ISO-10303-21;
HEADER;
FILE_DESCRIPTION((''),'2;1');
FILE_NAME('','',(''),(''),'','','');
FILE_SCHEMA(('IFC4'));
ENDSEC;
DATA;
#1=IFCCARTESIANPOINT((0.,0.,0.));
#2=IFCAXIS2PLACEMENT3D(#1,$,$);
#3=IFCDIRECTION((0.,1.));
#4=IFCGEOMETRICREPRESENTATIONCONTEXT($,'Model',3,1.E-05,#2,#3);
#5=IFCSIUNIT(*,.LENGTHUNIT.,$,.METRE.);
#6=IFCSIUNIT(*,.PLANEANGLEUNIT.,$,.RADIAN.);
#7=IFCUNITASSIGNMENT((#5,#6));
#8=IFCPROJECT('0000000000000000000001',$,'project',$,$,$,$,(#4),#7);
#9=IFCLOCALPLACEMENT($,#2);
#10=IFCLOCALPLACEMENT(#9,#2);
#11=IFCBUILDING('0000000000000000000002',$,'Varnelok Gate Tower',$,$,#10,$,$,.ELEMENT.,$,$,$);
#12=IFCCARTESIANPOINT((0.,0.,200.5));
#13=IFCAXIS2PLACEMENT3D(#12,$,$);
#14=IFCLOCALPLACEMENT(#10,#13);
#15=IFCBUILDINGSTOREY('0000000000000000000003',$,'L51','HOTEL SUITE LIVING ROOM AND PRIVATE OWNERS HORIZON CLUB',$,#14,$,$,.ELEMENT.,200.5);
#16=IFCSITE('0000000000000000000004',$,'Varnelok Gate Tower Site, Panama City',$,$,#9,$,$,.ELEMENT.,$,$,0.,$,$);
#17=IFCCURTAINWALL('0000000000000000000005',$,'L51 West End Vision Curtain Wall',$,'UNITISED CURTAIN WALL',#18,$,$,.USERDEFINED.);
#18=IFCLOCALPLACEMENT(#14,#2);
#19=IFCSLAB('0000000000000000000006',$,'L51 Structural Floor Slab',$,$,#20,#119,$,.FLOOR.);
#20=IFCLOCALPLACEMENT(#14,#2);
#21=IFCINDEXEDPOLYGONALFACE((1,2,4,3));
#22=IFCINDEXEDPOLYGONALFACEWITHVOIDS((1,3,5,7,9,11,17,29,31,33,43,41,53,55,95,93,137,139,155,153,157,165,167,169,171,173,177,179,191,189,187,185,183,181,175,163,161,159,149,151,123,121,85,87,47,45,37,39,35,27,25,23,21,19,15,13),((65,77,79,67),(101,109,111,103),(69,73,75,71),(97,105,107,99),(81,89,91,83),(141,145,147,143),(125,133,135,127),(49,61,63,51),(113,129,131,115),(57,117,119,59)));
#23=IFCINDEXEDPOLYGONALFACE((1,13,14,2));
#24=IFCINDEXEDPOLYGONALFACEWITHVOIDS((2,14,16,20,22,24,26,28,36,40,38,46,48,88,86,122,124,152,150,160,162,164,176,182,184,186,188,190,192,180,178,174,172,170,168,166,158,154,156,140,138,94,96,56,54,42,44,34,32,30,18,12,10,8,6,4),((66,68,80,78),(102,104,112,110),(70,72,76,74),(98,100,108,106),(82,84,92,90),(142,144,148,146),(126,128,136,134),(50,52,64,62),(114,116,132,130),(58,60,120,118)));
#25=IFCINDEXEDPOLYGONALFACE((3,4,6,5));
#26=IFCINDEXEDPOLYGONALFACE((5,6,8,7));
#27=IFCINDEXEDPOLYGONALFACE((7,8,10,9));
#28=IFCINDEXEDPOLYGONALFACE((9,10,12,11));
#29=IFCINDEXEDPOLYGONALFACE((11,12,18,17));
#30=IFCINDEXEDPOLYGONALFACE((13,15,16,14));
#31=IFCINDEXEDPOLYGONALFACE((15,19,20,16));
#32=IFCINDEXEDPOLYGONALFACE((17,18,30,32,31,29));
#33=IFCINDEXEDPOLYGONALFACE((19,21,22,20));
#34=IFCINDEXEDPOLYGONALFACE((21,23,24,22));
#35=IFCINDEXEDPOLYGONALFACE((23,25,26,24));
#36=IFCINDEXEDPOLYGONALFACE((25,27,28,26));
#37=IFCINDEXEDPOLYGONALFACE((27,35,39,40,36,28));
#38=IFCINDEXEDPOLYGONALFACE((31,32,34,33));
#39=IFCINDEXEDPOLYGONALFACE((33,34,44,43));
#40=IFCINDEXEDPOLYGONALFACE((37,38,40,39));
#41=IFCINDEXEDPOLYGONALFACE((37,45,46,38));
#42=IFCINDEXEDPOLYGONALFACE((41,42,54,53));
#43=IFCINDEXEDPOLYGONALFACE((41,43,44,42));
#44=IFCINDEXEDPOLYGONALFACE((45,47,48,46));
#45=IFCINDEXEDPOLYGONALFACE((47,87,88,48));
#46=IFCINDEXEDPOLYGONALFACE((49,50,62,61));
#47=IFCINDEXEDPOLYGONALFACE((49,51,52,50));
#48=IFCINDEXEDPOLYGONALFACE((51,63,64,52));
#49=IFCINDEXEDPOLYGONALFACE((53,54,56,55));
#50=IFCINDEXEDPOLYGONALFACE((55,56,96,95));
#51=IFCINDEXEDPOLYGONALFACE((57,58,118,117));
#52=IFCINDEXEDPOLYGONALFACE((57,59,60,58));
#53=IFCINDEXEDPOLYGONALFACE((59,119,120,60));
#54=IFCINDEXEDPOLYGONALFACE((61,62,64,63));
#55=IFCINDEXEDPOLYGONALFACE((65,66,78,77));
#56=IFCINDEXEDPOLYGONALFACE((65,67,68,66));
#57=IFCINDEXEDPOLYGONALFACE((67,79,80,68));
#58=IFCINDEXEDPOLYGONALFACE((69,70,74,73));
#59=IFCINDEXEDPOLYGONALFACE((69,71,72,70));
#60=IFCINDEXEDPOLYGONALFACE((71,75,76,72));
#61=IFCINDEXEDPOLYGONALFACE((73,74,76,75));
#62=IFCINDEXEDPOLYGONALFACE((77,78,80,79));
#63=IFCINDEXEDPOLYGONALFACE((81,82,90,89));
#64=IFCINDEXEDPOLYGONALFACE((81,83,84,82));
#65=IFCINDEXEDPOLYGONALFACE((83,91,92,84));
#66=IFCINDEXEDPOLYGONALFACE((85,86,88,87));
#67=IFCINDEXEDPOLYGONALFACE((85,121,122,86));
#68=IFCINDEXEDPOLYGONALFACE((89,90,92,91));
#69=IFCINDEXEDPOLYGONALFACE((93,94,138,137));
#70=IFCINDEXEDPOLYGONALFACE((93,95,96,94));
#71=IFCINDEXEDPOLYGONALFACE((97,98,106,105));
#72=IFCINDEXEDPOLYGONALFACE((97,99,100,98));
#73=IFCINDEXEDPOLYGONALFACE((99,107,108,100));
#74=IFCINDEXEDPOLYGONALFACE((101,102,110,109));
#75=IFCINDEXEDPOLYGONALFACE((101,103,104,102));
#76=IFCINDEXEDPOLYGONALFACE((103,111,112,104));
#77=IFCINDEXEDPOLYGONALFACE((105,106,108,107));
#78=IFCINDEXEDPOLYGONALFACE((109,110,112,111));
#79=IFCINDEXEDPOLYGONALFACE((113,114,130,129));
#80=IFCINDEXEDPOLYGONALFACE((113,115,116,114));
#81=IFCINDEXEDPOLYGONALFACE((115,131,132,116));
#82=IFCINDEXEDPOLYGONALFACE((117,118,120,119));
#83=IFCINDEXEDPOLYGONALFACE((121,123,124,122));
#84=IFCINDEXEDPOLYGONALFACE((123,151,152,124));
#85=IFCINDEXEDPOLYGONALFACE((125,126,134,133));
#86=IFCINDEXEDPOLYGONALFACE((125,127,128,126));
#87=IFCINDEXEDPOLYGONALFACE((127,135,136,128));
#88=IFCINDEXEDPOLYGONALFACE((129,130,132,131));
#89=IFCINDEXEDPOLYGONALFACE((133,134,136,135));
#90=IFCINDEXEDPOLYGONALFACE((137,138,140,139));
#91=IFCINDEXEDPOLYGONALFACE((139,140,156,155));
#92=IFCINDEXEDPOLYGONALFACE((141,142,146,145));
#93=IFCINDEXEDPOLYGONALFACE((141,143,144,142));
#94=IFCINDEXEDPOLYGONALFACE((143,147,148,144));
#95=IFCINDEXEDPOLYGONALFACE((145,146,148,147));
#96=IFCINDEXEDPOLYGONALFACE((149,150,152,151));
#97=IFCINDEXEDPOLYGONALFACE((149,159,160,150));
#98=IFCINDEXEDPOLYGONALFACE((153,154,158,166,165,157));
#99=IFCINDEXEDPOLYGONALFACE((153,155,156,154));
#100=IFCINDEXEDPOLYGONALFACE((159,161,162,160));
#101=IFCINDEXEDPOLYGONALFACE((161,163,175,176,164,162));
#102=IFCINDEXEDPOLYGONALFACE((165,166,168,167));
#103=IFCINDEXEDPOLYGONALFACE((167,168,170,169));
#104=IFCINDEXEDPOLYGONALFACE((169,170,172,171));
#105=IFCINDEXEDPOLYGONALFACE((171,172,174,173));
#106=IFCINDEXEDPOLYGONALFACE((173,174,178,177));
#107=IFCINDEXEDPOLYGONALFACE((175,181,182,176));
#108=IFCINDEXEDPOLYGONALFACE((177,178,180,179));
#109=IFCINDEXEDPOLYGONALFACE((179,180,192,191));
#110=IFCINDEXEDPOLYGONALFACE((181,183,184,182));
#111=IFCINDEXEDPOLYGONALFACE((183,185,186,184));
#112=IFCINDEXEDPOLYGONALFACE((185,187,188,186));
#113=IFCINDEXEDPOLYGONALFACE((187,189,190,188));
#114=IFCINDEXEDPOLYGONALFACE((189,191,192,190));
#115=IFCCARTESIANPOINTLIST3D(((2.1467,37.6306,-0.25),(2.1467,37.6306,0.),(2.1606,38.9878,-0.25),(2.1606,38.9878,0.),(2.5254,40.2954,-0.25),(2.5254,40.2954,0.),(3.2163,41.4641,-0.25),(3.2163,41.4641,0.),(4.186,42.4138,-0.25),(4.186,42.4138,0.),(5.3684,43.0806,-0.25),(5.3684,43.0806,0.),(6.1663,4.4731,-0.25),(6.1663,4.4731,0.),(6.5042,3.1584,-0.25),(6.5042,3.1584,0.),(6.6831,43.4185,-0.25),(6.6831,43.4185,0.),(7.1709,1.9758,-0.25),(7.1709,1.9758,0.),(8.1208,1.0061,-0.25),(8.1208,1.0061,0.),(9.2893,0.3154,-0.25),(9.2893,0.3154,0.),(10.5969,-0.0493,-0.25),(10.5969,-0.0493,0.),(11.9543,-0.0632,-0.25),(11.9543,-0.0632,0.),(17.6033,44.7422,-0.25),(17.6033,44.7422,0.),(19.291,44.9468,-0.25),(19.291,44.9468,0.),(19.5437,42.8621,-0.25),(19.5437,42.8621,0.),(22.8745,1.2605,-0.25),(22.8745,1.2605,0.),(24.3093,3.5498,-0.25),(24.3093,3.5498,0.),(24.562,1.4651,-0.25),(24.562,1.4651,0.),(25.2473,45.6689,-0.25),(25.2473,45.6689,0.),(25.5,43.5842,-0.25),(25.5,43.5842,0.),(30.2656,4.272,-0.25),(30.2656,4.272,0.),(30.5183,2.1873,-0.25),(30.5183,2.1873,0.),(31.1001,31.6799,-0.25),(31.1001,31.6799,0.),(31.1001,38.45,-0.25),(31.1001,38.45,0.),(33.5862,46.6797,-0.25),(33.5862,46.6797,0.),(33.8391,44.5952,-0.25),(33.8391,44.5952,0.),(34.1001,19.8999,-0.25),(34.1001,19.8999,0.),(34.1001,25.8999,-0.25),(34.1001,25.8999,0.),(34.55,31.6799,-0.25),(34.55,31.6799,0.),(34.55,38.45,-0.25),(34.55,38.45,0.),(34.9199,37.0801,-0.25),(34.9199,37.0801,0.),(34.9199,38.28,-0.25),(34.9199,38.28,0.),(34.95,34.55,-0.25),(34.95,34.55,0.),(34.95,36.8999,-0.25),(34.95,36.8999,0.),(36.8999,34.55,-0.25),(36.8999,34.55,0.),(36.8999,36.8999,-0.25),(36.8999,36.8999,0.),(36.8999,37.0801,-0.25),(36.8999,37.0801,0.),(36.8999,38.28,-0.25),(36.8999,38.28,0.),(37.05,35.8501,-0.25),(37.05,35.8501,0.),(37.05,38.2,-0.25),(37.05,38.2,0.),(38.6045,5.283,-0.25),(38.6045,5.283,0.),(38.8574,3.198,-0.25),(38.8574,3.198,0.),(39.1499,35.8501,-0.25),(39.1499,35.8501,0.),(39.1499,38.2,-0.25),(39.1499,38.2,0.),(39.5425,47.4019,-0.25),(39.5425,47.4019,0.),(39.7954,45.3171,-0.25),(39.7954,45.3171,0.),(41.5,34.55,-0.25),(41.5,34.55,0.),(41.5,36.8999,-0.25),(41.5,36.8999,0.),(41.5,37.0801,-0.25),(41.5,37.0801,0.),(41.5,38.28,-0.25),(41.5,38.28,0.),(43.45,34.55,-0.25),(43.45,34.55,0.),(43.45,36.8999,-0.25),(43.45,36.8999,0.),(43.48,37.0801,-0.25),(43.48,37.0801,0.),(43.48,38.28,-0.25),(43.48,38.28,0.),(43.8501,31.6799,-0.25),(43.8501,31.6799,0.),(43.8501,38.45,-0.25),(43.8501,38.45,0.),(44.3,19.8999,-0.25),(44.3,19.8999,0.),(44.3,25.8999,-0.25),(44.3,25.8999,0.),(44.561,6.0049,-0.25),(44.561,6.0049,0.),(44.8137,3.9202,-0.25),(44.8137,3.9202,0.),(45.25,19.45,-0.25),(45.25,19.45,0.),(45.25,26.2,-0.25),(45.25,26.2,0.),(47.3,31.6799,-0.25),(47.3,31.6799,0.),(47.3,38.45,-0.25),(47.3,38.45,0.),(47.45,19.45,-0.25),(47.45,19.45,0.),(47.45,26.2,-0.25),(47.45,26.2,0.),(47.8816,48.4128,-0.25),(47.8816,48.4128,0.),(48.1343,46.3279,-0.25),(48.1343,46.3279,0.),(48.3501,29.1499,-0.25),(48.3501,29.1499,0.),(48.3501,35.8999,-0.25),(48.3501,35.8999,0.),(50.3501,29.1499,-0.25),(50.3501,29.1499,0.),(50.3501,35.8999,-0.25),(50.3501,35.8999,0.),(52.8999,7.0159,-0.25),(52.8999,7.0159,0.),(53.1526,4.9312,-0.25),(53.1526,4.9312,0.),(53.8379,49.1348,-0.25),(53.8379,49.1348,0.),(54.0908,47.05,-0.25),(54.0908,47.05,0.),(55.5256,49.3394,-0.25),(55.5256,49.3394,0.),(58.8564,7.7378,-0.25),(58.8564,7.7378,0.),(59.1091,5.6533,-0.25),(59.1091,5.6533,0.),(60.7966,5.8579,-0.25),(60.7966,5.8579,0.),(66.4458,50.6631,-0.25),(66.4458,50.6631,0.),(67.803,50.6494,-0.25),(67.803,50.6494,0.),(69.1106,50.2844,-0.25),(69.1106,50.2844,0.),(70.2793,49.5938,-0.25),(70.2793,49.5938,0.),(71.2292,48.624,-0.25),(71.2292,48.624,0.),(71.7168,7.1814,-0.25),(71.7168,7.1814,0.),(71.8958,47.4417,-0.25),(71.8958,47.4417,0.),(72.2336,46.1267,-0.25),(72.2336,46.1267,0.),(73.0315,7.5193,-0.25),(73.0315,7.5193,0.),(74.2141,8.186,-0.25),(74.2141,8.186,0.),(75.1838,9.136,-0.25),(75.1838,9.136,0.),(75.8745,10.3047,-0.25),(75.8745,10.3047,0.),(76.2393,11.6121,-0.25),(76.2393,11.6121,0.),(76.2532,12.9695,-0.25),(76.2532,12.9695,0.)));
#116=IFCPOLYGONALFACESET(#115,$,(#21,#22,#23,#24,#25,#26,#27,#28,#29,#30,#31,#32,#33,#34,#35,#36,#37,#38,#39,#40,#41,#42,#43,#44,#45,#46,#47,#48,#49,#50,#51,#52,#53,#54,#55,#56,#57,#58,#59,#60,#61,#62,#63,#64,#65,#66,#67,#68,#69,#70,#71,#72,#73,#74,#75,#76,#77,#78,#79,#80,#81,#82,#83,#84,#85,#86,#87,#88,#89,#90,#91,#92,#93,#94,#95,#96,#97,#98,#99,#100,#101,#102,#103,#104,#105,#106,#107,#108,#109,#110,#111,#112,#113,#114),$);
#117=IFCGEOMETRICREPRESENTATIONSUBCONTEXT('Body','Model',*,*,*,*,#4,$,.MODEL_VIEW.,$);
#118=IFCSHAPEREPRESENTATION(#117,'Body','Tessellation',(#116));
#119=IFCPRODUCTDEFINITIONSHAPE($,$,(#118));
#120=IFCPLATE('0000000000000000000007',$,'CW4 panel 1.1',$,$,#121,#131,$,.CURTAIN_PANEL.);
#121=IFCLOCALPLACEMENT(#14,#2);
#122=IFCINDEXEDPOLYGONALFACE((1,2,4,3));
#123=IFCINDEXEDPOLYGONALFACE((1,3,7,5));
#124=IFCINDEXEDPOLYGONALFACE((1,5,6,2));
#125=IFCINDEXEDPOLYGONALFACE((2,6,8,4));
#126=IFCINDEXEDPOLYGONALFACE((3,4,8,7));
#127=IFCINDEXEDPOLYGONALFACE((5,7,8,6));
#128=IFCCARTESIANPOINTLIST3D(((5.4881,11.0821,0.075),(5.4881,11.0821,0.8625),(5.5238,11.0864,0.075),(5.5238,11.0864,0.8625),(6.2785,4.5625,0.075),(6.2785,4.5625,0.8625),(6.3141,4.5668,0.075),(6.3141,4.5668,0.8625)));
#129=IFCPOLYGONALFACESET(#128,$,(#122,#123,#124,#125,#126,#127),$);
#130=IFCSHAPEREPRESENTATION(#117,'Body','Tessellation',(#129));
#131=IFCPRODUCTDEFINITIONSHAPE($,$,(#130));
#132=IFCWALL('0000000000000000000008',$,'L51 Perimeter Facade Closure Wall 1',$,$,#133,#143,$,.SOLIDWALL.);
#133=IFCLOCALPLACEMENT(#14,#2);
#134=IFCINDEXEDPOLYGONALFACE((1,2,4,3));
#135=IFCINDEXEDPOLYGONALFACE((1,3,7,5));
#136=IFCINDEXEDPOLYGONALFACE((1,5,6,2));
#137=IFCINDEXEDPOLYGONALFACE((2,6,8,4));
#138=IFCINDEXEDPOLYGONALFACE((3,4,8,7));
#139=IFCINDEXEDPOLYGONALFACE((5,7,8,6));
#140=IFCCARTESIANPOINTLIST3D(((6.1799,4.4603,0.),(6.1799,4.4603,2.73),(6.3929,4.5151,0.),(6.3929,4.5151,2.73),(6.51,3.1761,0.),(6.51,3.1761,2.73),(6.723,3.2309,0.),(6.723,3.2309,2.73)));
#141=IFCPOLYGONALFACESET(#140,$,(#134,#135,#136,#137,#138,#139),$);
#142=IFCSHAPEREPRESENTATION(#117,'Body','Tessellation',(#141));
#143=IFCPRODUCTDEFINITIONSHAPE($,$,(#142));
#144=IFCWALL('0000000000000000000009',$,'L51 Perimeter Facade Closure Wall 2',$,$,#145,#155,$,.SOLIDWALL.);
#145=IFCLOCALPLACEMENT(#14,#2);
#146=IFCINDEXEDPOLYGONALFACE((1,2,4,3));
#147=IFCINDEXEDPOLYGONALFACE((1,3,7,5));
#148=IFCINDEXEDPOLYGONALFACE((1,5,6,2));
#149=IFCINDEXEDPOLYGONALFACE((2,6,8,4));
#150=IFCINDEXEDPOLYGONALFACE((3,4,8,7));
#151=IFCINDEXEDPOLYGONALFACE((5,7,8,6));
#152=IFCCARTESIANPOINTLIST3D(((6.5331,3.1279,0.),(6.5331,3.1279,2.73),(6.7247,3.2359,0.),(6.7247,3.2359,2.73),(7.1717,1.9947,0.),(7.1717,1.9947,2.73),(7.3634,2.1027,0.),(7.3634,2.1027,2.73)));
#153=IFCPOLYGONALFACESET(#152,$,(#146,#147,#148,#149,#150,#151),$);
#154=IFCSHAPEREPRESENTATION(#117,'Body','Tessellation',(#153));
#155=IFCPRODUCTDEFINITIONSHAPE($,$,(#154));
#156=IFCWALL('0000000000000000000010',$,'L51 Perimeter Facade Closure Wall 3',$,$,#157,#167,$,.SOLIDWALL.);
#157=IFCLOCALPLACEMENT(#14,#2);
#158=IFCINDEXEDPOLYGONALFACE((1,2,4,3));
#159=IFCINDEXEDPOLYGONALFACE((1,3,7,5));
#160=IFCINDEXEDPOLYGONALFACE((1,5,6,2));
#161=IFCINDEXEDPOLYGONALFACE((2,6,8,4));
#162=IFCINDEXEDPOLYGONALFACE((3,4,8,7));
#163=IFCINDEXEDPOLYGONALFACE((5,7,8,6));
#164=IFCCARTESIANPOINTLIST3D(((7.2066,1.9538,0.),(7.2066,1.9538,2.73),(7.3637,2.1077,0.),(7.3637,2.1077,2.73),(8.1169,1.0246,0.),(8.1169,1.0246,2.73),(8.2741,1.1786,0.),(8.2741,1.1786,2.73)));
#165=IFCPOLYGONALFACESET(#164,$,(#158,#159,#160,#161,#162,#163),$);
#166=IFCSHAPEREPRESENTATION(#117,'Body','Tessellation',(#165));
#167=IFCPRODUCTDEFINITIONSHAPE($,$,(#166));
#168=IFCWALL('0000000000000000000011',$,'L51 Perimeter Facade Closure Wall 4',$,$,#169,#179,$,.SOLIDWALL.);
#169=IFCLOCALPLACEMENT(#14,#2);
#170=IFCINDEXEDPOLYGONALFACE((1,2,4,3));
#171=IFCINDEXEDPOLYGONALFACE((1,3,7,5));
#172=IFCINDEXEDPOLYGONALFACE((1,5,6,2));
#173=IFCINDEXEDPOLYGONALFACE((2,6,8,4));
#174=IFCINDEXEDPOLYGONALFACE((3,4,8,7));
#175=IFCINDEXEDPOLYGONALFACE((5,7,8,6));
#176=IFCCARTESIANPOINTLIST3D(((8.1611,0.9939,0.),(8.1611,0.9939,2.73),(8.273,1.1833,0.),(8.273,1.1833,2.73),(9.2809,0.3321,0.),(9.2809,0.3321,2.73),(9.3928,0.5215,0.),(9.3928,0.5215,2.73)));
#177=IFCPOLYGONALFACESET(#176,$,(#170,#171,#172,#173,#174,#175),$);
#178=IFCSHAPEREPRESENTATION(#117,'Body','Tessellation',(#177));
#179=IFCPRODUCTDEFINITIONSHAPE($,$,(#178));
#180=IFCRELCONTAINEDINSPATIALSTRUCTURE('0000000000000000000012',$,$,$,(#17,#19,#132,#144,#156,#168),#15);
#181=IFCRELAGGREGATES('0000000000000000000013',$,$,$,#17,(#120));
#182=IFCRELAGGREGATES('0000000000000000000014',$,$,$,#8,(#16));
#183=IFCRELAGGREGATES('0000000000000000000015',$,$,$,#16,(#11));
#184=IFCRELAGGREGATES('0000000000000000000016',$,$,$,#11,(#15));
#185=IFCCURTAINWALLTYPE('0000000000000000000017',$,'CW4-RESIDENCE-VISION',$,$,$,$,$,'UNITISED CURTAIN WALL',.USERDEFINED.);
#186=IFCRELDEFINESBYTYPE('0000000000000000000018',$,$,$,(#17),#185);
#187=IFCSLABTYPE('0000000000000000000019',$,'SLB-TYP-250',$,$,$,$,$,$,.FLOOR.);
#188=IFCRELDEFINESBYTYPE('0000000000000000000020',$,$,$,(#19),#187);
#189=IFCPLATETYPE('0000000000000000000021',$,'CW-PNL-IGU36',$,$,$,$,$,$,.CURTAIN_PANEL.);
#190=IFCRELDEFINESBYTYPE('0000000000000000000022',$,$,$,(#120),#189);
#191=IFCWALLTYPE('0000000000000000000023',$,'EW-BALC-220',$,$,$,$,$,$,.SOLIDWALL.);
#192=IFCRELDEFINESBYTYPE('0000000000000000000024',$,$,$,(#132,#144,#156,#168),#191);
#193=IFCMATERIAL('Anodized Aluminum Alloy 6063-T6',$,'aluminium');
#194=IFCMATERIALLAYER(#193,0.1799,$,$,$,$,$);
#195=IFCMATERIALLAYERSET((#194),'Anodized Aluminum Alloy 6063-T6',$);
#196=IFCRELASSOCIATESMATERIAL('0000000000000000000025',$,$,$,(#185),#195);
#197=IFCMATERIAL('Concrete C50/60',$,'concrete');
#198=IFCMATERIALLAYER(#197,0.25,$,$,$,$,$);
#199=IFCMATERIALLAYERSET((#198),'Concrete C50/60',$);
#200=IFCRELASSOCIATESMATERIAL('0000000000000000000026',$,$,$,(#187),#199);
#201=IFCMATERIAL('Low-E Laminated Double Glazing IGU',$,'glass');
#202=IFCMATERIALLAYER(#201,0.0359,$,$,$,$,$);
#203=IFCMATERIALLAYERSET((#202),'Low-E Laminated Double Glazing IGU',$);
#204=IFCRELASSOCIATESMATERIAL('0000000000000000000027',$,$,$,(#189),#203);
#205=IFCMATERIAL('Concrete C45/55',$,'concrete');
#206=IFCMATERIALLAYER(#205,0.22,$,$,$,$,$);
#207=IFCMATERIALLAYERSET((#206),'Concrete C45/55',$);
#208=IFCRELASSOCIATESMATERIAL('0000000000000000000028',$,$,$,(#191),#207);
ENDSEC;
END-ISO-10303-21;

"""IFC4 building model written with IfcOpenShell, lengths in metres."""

from ifc_helpers import new_model, si_unit, direction, frame, frame_2d, origin, origin_2d, place, context, subcontext, project, spatial, polyline, rectangle, outline, extrude, source, transform, mapped, material, layer, layer_set, type_object, element, aggregate, save


model = new_model("IFC4")

# Units and contexts
model_context = context("Model", 3, precision=1e-05, world=origin(), true_north=direction((0.0, 1.0)))
body_context = subcontext(model_context, "Body", "Model", "MODEL_VIEW")
ifc_project = project(units=[si_unit("LENGTHUNIT", "METRE"), si_unit("PLANEANGLEUNIT", "RADIAN")], contexts=[model_context])

# Site, building, storey
site_placement = place(None, origin())
site = spatial("IfcSite", under=ifc_project, at=site_placement, Name="Varnelok Gate Tower Site, Panama City", CompositionType="ELEMENT", RefElevation=0.0)
building_placement = place(site_placement, origin())
building = spatial("IfcBuilding", under=site, at=building_placement, Name="Varnelok Gate Tower", CompositionType="ELEMENT")
storey_placement = place(building_placement, frame((0.0, 0.0, 200.5)))
storey = spatial("IfcBuildingStorey", under=building, at=storey_placement, Name="L51", Description="HOTEL SUITE LIVING ROOM AND PRIVATE OWNERS HORIZON CLUB", CompositionType="ELEMENT", Elevation=200.5)

# Curtain wall
ifc_material_1 = material(Name="Anodized Aluminum Alloy 6063-T6", Category="aluminium")
ifc_layer_1 = layer(ifc_material_1, 0.1799)
ifc_layer_set_1 = layer_set([ifc_layer_1], Name="Anodized Aluminum Alloy 6063-T6")
curtain_wall_type = type_object("IfcCurtainWallType", Name="CW4-RESIDENCE-VISION", ElementType="UNITISED CURTAIN WALL", PredefinedType="USERDEFINED", material=ifc_layer_set_1)
curtain_wall_placement = place(storey_placement, origin())
curtain_wall = element("IfcCurtainWall", 1, at=curtain_wall_placement, inside=storey, type_object=curtain_wall_type, Name="L51 West End Vision Curtain Wall", ObjectType="UNITISED CURTAIN WALL", PredefinedType="USERDEFINED")

# Shared definitions
ifc_material_2 = material(Name="Concrete C45/55", Category="concrete")

# Shared definitions
ifc_material_3 = material(Name="Concrete C50/60", Category="concrete")

# Slab
ifc_layer_2 = layer(ifc_material_3, 0.25)
ifc_layer_set_2 = layer_set([ifc_layer_2], Name="Concrete C50/60")
slab_type_1 = type_object("IfcSlabType", Name="SLB-TYP-250", PredefinedType="FLOOR", material=ifc_layer_set_2)
slab_1_placement = place(storey_placement, frame((0.0, 0.0, -0.25)))
element("IfcSlab", 2, at=slab_1_placement, inside=storey, type_object=slab_type_1, Name="L51 Structural Floor Slab", PredefinedType="FLOOR", context=body_context, shape_type="SweptSolid", body=[
    extrude(outline(polyline([(6.1663, 4.4731), (6.5042, 3.1584), (7.1709, 1.9758), (8.1208, 1.0061), (9.2893, 0.3154), (10.5969, -0.0493), (11.9543, -0.0632), (22.8745, 1.2605), (24.562, 1.4651), (24.3093, 3.5498), (30.2656, 4.272), (30.5183, 2.1873), (38.8574, 3.198), (38.6045, 5.283), (44.561, 6.0049), (44.8137, 3.9202), (53.1526, 4.9312), (52.8999, 7.0159), (58.8564, 7.7378), (59.1091, 5.6533), (60.7966, 5.8579), (71.7168, 7.1814), (73.0315, 7.5193), (74.2141, 8.186), (75.1838, 9.136), (75.8745, 10.3047), (76.2393, 11.6121), (76.2532, 12.9695), (72.2336, 46.1267), (71.8958, 47.4417), (71.2292, 48.624), (70.2793, 49.5938), (69.1106, 50.2844), (67.803, 50.6494), (66.4458, 50.6631), (55.5256, 49.3394), (53.8379, 49.1348), (54.0908, 47.05), (48.1343, 46.3279), (47.8816, 48.4128), (39.5425, 47.4019), (39.7954, 45.3171), (33.8391, 44.5952), (33.5862, 46.6797), (25.2473, 45.6689), (25.5, 43.5842), (19.5437, 42.8621), (19.291, 44.9468), (17.6033, 44.7422), (6.6831, 43.4185), (5.3684, 43.0806), (4.186, 42.4138), (3.2163, 41.4641), (2.5254, 40.2954), (2.1606, 38.9878), (2.1467, 37.6306), (6.1663, 4.4731)]), holes=[polyline([(34.55, 31.6799), (34.55, 38.45), (31.1001, 38.45), (31.1001, 31.6799), (34.55, 31.6799)]), polyline([(47.3, 31.6799), (47.3, 38.45), (43.8501, 38.45), (43.8501, 31.6799), (47.3, 31.6799)]), polyline([(34.95, 34.55), (36.8999, 34.55), (36.8999, 36.8999), (34.95, 36.8999), (34.95, 34.55)]), polyline([(41.5, 34.55), (43.45, 34.55), (43.45, 36.8999), (41.5, 36.8999), (41.5, 34.55)]), polyline([(37.05, 35.8501), (39.1499, 35.8501), (39.1499, 38.2), (37.05, 38.2), (37.05, 35.8501)]), polyline([(48.3501, 29.1499), (50.3501, 29.1499), (50.3501, 35.8999), (48.3501, 35.8999), (48.3501, 29.1499)]), polyline([(45.25, 19.45), (47.45, 19.45), (47.45, 26.2), (45.25, 26.2), (45.25, 19.45)]), polyline([(34.9199, 37.0801), (36.8999, 37.0801), (36.8999, 38.28), (34.9199, 38.28), (34.9199, 37.0801)]), polyline([(41.5, 37.0801), (43.48, 37.0801), (43.48, 38.28), (41.5, 38.28), (41.5, 37.0801)]), polyline([(34.1001, 19.8999), (44.3, 19.8999), (44.3, 25.8999), (34.1001, 25.8999), (34.1001, 19.8999)])]), origin(), (0.0, 0.0, 1.0), 0.25),
])

# Plate
ifc_material_4 = material(Name="Low-E Laminated Double Glazing IGU", Category="glass")
ifc_layer_3 = layer(ifc_material_4, 0.0359)
ifc_layer_set_3 = layer_set([ifc_layer_3], Name="Low-E Laminated Double Glazing IGU")
plate_type = type_object("IfcPlateType", Name="CW-PNL-IGU36", PredefinedType="CURTAIN_PANEL", material=ifc_layer_set_3)
shared_shape = source(origin(), body_context, "Body", "SweptSolid", [
    extrude(rectangle(XDim=6.5674, YDim=0.0359, at=origin_2d()), origin(), (0.0, 0.0, 1.0), 0.7876),
])
plate_placement = place(storey_placement, frame((5.9011, 7.8245, 0.075), z_axis=(0.0, 0.0, 1.0), x_axis=(-0.120345, 0.992732, 0.0)))
plate = element("IfcPlate", 3, at=plate_placement, type_object=plate_type, Name="CW4 panel 1.1", PredefinedType="CURTAIN_PANEL", context=body_context, shape_type="MappedRepresentation", body=[
    mapped(shared_shape, transform((0.0, 0.0, 0.0), scale=1.0)),
])
aggregate(curtain_wall, [plate])

# Walls
ifc_layer_4 = layer(ifc_material_2, 0.22)
ifc_layer_set_4 = layer_set([ifc_layer_4], Name="Concrete C45/55")
wall_type_1 = type_object("IfcWallType", Name="EW-BALC-220", PredefinedType="SOLIDWALL", material=ifc_layer_set_4)
wall_1_placement = place(storey_placement, frame((6.2864, 4.4878, 0.0), z_axis=(0.0, 0.0, 1.0), x_axis=(0.248942, -0.968518, 0.0)))
element("IfcWall", 4, at=wall_1_placement, inside=storey, type_object=wall_type_1, Name="L51 Perimeter Facade Closure Wall 1", PredefinedType="SOLIDWALL", context=body_context, shape_type="SweptSolid", body=[
    extrude(rectangle(XDim=1.3259, YDim=0.22, at=frame_2d((0.6631, 0.0))), origin(), (0.0, 0.0, 1.0), 2.73),
])
for number, where, z_axis, x_axis, name in (
    (5, (6.6289, 3.1819, 0.0), (0.0, 0.0, 1.0), (0.490956, -0.871184, 0.0), "L51 Perimeter Facade Closure Wall 2"),
    (6, (7.2852, 2.0308, 0.0), (0.0, 0.0, 1.0), (0.699844, -0.714295, 0.0), "L51 Perimeter Facade Closure Wall 3"),
    (7, (8.217, 1.0886, 0.0), (0.0, 0.0, 1.0), (0.860885, -0.508799, 0.0), "L51 Perimeter Facade Closure Wall 4"),
):
    element("IfcWall", number, at=place(storey_placement, frame(where, z_axis=z_axis, x_axis=x_axis)), inside=storey, type_object=wall_type_1, Name=name, PredefinedType="SOLIDWALL", context=body_context, shape_type="SweptSolid", body=[
        extrude(rectangle(XDim=1.3008, YDim=0.22, at=frame_2d((0.6504, 0.0))), origin(), (0.0, 0.0, 1.0), 2.73),
    ])

save(model, "model.ifc")
